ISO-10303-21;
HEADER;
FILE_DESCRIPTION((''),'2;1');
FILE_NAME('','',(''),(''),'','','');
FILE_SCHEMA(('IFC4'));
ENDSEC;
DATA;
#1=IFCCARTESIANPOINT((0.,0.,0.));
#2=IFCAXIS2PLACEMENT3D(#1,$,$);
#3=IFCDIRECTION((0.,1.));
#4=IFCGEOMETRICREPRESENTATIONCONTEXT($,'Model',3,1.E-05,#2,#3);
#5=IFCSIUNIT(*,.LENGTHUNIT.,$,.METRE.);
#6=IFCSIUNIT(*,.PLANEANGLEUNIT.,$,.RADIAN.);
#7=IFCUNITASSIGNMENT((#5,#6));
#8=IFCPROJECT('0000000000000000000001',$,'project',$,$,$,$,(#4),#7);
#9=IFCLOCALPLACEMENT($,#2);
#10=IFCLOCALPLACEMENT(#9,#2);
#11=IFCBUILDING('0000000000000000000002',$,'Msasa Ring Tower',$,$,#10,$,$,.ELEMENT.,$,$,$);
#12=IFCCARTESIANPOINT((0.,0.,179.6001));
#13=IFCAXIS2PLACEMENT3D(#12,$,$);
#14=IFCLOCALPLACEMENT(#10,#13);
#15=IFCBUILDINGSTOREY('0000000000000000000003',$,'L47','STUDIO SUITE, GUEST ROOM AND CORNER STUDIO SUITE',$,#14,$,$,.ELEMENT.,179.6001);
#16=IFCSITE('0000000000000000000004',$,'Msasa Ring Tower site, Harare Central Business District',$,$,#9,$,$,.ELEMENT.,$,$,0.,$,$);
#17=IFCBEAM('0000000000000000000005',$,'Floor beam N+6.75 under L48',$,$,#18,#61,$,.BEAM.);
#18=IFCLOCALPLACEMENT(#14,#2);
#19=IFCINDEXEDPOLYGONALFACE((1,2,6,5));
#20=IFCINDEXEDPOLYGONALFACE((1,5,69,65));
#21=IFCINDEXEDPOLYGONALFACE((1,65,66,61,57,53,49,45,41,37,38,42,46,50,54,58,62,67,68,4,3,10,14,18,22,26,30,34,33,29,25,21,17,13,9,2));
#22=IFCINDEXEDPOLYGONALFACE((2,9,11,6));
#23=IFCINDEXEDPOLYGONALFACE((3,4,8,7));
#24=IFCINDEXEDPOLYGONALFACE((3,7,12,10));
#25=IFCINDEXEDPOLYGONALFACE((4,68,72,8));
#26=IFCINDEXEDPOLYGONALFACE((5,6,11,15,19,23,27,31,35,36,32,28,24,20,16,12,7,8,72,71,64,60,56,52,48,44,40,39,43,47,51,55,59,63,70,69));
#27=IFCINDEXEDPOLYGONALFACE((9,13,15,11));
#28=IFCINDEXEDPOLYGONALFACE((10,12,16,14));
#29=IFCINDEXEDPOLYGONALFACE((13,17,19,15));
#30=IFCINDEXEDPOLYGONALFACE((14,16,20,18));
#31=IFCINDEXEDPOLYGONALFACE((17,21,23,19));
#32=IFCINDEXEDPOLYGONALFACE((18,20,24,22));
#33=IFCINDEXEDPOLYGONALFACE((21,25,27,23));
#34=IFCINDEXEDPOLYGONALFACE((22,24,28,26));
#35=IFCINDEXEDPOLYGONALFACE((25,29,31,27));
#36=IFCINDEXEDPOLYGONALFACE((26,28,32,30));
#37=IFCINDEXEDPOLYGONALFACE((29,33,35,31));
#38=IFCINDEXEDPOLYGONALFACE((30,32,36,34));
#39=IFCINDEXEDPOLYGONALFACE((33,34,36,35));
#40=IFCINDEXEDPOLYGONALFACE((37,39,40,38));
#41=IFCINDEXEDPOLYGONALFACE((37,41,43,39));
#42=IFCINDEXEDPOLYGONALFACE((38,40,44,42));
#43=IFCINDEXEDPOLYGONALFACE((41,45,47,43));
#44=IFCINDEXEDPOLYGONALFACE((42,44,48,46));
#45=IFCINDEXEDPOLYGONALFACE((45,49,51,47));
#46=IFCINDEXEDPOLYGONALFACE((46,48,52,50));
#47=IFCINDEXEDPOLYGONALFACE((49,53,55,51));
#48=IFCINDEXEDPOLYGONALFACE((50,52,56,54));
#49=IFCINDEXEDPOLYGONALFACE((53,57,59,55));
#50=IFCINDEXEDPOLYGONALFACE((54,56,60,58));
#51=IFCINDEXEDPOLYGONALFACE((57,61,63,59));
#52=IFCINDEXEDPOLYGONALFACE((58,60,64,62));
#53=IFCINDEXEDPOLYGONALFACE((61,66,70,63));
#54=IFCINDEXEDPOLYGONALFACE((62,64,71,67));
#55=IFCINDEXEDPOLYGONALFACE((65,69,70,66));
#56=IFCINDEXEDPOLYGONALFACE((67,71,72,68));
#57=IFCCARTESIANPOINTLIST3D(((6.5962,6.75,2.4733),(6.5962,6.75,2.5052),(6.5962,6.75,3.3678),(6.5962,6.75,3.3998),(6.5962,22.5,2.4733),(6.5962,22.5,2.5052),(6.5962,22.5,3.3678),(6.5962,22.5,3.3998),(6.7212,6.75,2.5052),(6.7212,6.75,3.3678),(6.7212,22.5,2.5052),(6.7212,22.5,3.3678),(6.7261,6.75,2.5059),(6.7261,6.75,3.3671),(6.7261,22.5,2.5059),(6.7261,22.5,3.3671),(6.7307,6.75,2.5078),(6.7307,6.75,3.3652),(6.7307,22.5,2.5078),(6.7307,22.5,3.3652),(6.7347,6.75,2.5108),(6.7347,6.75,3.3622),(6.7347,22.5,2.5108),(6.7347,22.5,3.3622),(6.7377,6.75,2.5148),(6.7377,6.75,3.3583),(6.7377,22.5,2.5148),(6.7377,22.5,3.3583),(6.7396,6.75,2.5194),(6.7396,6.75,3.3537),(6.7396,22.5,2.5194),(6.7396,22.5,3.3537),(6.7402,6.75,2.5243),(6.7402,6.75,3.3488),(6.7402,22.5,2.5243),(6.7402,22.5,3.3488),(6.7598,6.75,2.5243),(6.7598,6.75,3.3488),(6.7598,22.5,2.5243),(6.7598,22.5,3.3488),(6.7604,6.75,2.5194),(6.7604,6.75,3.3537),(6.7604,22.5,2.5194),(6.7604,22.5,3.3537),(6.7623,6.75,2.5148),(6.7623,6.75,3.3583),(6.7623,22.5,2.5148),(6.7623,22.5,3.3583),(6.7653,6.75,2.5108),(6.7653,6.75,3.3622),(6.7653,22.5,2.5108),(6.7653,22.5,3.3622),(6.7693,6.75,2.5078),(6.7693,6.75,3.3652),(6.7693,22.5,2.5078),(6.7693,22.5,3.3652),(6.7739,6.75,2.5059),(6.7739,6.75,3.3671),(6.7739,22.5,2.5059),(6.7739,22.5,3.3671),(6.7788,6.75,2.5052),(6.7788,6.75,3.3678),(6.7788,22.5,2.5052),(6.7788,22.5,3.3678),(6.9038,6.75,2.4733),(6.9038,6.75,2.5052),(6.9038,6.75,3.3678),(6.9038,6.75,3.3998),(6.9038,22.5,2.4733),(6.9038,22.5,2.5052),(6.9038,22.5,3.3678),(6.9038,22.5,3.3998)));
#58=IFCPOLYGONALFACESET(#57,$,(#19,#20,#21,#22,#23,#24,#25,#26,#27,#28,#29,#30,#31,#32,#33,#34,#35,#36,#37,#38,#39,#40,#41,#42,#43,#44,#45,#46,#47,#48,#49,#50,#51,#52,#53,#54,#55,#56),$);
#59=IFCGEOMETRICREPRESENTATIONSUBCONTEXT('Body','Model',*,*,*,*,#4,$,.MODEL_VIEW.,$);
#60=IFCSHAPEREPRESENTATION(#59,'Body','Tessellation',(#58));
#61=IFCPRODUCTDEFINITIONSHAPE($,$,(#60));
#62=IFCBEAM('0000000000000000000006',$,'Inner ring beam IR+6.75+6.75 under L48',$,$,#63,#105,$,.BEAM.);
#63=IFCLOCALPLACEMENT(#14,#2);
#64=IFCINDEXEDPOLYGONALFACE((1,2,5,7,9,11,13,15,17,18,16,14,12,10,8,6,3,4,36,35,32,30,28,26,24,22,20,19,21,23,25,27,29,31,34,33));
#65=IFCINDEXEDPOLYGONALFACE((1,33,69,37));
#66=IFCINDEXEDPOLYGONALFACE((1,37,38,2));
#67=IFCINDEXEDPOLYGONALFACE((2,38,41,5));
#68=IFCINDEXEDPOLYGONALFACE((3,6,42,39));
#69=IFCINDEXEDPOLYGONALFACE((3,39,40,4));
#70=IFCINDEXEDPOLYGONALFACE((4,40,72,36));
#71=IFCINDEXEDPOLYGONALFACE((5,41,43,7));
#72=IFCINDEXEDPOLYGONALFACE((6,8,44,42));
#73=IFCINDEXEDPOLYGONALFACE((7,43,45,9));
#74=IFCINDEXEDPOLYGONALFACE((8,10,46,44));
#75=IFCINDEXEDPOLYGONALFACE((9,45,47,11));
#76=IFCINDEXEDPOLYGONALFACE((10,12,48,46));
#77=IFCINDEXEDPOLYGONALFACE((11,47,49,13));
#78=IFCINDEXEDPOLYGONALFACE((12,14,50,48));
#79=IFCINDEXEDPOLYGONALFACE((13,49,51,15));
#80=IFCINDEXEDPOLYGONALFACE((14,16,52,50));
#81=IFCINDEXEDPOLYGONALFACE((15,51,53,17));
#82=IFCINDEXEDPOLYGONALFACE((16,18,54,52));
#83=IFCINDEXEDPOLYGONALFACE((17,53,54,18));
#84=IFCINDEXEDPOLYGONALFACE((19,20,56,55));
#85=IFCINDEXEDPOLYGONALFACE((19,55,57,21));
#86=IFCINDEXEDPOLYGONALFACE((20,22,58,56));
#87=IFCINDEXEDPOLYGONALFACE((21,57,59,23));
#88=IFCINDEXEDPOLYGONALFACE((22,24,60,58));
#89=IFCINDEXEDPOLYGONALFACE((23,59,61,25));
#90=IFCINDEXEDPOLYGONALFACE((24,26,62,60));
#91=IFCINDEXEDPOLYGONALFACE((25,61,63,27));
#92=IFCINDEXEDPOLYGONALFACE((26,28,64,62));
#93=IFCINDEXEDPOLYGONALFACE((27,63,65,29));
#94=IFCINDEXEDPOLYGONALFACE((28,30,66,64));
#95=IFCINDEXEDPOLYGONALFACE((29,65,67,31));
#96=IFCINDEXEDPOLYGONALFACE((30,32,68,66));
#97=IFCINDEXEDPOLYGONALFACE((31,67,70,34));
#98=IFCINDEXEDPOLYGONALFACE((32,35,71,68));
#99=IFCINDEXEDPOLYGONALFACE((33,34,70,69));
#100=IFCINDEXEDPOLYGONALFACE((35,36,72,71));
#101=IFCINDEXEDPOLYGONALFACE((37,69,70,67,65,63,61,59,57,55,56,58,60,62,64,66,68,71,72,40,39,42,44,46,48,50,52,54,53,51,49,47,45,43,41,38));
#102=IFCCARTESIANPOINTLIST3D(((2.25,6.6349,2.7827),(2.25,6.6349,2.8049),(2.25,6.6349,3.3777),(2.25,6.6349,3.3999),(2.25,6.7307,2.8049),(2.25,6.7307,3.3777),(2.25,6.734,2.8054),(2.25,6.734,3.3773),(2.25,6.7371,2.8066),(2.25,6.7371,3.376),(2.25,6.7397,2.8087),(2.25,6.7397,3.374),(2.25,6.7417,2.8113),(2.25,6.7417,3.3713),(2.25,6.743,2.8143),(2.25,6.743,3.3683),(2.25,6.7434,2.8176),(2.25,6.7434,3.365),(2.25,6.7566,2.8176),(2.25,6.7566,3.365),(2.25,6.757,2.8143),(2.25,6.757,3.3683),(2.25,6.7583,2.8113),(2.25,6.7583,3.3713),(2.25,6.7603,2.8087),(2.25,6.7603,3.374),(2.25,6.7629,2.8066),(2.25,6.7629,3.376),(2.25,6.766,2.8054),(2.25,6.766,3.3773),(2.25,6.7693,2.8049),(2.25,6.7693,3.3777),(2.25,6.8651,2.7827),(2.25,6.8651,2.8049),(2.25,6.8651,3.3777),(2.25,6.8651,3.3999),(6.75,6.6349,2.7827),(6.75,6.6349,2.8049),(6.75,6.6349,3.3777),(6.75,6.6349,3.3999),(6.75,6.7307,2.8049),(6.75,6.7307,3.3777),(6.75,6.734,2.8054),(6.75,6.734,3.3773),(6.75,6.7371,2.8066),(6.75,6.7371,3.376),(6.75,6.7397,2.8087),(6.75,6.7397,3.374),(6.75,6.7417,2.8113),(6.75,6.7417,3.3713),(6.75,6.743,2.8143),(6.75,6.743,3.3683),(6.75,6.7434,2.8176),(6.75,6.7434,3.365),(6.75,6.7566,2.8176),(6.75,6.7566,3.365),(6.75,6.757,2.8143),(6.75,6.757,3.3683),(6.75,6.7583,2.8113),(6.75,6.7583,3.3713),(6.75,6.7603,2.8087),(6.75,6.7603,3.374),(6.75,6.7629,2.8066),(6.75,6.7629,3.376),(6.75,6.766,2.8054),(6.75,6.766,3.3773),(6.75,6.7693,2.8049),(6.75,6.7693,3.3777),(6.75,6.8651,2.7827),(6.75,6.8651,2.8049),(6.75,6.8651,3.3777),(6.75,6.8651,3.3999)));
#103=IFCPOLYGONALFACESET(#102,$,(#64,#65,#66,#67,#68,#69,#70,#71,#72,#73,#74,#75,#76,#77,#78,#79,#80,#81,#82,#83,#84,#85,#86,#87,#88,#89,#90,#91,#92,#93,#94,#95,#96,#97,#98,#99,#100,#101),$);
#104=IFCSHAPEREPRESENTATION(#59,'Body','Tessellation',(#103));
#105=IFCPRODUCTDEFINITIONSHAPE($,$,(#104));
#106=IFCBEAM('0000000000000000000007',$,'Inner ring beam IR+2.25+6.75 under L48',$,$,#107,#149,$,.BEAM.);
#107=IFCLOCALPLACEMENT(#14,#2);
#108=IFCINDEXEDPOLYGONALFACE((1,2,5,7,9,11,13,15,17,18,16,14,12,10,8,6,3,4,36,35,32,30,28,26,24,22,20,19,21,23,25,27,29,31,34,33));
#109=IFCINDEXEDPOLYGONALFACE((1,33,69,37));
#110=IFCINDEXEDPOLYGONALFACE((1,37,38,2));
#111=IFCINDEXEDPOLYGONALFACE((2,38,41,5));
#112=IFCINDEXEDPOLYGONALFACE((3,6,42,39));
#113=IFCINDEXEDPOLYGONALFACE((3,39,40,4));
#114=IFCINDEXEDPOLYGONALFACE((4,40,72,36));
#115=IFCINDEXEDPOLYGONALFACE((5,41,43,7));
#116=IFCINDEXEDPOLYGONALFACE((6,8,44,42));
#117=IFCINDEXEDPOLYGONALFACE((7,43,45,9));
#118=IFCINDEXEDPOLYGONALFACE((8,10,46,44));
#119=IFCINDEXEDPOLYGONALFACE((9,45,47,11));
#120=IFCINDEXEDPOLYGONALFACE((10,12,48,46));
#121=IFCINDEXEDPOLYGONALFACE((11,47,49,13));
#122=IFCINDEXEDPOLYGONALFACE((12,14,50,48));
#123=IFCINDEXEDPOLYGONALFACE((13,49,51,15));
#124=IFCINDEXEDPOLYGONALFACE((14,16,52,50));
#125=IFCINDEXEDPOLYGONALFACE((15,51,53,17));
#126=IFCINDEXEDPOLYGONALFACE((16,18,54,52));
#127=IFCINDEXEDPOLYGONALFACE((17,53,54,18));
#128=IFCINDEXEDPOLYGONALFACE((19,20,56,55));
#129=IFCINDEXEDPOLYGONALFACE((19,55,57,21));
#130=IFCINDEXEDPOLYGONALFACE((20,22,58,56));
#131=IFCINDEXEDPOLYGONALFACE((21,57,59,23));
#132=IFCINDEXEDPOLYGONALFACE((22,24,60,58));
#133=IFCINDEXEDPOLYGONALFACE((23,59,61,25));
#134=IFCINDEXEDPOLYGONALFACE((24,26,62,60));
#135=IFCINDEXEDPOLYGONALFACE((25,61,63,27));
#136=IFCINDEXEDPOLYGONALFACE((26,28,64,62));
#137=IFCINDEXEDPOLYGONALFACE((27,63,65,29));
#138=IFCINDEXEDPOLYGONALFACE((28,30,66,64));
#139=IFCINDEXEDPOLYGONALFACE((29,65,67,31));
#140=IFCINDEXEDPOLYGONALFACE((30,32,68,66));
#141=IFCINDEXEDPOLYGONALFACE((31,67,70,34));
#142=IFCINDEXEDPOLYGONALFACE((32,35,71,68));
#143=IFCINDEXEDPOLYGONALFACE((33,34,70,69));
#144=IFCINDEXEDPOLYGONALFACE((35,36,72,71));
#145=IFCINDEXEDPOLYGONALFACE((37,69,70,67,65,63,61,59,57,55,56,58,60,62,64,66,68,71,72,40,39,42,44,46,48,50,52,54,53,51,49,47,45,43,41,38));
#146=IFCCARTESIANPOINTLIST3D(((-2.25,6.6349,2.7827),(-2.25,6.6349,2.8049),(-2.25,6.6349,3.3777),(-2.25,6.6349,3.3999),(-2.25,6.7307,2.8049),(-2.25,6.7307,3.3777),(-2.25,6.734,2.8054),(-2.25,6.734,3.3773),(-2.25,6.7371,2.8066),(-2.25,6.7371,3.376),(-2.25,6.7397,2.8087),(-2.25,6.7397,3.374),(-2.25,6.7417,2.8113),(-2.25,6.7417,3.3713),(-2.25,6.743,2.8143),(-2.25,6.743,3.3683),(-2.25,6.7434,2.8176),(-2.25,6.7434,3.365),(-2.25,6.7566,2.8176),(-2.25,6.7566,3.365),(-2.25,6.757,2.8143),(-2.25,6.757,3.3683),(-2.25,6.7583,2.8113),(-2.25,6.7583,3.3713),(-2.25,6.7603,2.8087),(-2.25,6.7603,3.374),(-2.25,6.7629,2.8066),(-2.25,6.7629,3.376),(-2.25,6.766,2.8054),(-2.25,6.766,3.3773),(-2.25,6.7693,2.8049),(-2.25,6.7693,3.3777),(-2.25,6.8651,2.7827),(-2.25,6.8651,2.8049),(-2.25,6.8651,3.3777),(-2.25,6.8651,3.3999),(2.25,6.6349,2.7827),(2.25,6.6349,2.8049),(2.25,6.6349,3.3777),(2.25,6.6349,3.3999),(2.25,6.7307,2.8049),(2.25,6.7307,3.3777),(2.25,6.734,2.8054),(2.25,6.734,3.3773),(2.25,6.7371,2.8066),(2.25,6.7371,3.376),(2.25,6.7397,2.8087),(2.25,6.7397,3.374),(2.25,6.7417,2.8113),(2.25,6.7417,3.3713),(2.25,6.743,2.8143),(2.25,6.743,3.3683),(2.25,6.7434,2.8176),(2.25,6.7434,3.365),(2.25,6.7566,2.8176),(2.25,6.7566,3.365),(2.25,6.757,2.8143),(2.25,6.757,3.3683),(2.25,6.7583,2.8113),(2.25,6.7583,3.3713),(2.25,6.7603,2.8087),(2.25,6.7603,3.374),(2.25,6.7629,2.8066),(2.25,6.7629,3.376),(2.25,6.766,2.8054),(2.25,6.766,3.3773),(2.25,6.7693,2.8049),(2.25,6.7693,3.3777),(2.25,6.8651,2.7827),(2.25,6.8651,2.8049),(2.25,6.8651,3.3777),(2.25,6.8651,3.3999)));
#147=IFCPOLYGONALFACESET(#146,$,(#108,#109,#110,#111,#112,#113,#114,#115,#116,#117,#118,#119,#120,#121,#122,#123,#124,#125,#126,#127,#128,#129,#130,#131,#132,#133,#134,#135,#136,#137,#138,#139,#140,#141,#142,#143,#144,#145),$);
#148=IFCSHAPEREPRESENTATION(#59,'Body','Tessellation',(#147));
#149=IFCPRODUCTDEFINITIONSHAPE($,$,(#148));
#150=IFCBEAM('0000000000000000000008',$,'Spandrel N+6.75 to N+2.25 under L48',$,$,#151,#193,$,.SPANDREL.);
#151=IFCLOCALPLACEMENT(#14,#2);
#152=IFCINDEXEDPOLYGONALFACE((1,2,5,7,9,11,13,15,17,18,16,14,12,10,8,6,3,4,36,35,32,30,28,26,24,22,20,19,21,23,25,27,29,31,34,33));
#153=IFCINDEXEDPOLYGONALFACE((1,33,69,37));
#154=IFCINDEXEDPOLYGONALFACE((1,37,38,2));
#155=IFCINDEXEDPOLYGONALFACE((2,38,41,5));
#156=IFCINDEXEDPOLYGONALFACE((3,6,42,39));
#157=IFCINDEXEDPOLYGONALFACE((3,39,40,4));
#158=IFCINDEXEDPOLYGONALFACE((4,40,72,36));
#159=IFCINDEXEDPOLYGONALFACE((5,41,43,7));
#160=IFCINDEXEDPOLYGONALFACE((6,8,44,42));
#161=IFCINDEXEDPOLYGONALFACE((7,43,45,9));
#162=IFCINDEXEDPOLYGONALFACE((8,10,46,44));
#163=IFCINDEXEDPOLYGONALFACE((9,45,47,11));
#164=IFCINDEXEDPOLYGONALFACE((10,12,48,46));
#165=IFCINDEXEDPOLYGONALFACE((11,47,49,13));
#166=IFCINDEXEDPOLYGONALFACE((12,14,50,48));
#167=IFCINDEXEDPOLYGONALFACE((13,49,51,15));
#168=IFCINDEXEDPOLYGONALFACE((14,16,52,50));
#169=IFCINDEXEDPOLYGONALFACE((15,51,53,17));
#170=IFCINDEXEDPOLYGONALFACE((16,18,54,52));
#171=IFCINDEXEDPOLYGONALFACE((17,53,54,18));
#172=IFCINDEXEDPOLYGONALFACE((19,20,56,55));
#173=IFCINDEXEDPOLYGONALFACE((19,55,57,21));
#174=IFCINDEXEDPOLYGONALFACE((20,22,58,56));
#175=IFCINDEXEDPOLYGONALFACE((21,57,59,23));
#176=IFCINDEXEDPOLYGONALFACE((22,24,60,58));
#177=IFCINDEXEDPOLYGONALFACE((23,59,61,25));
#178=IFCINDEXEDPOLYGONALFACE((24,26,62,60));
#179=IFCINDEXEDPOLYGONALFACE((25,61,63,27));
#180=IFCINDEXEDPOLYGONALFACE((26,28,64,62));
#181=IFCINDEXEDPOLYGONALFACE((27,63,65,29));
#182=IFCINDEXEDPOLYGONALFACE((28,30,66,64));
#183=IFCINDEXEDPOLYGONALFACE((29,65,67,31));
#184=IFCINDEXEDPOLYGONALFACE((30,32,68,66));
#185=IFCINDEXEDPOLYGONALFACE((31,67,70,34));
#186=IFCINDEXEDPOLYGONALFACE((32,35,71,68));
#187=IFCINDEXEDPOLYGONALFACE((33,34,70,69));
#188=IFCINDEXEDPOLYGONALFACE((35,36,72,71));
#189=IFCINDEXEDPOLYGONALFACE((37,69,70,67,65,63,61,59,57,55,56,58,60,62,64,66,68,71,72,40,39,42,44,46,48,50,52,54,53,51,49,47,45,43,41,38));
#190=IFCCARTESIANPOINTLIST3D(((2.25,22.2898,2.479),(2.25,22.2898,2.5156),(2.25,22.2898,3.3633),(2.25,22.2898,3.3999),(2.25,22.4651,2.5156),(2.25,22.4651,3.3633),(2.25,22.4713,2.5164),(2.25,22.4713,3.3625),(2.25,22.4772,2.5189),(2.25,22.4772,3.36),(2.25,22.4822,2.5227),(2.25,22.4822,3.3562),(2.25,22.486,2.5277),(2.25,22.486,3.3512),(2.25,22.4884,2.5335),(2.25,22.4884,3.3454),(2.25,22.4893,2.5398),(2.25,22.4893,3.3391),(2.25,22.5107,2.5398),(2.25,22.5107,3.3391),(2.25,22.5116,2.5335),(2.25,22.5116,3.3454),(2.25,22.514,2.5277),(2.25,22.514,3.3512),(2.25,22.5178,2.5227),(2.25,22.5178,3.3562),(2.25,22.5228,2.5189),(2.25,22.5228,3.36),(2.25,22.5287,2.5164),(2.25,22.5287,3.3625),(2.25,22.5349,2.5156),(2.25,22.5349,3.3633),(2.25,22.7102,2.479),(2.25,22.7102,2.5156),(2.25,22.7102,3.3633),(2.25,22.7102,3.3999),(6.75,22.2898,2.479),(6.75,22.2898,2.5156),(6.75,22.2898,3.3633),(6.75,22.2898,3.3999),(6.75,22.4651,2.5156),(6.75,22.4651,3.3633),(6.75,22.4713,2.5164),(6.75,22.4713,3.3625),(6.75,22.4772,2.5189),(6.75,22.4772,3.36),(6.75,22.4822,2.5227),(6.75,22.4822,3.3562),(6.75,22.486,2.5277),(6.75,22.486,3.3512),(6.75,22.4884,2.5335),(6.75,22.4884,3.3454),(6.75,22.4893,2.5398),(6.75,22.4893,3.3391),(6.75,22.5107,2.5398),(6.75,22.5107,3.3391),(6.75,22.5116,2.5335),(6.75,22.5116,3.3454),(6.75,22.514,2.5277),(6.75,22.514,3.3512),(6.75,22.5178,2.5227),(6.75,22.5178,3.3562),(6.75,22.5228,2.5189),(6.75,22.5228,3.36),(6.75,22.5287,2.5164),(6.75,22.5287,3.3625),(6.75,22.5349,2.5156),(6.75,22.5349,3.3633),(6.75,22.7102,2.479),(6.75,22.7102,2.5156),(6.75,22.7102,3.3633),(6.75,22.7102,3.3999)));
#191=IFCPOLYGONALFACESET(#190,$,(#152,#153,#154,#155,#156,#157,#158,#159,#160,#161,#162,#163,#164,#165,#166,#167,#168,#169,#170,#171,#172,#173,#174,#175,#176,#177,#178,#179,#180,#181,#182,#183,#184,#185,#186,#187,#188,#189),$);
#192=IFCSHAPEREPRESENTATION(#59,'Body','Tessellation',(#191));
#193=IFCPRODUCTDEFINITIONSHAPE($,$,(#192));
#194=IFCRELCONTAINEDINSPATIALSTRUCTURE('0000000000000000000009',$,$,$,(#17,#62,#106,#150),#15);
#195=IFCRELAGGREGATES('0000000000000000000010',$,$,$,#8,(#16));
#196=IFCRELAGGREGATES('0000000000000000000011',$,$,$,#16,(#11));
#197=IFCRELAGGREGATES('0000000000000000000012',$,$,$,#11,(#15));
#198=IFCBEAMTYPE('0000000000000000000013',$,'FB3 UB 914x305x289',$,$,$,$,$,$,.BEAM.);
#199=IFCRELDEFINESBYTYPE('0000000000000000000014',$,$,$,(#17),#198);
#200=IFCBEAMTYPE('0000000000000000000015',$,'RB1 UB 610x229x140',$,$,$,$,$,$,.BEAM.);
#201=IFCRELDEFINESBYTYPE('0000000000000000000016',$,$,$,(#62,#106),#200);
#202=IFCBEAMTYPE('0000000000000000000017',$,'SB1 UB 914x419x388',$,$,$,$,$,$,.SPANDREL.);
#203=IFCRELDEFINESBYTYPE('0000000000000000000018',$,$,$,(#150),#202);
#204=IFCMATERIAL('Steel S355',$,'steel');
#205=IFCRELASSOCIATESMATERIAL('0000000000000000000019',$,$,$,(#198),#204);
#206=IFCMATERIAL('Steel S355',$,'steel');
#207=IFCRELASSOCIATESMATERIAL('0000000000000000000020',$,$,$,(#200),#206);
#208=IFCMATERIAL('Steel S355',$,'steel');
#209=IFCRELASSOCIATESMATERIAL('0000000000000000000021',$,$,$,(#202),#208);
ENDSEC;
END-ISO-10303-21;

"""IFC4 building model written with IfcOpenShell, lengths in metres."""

from ifc_helpers import new_model, si_unit, direction, frame, origin, origin_2d, place, context, subcontext, project, spatial, i_section, extrude, material, material_profile, profile_set, type_object, element, save


model = new_model("IFC4")

# Units and contexts
model_context = context("Model", 3, precision=1e-05, world=origin(), true_north=direction((0.0, 1.0)))
body_context = subcontext(model_context, "Body", "Model", "MODEL_VIEW")
ifc_project = project(units=[si_unit("LENGTHUNIT", "METRE"), si_unit("PLANEANGLEUNIT", "RADIAN")], contexts=[model_context])

# Site, building, storey
site_placement = place(None, origin())
site = spatial("IfcSite", under=ifc_project, at=site_placement, Name="Msasa Ring Tower site, Harare Central Business District", CompositionType="ELEMENT", RefElevation=0.0)
building_placement = place(site_placement, origin())
building = spatial("IfcBuilding", under=site, at=building_placement, Name="Msasa Ring Tower", CompositionType="ELEMENT")
storey_placement = place(building_placement, frame((0.0, 0.0, 179.6001)))
storey = spatial("IfcBuildingStorey", under=building, at=storey_placement, Name="L47", Description="STUDIO SUITE, GUEST ROOM AND CORNER STUDIO SUITE", CompositionType="ELEMENT", Elevation=179.6001)

# Beams
ifc_material_1 = material(Name="Steel S355", Category="steel")
ifc_material_profile_1 = material_profile(ifc_material_1, i_section(OverallWidth=0.3076, OverallDepth=0.9265, WebThickness=0.0195, FlangeThickness=0.032, FilletRadius=0.019, at=origin_2d()), Name="UB 914x305x289")
ifc_profile_set_1 = profile_set([ifc_material_profile_1], Name="Steel S355")
beam_type_1 = type_object("IfcBeamType", Name="FB3 UB 914x305x289", PredefinedType="BEAM", material=ifc_profile_set_1)
for number, where, z_axis, x_axis, name in (
    (1, (6.75, 22.5, 2.9365), (0.0, -1.0, 0.0), (1.0, 0.0, 0.0), "Floor beam N+6.75 under L48"),
):
    element("IfcBeam", number, at=place(storey_placement, frame(where, z_axis=z_axis, x_axis=x_axis)), inside=storey, type_object=beam_type_1, Name=name, PredefinedType="BEAM", context=body_context, shape_type="SweptSolid", body=[
        extrude(i_section(OverallWidth=0.3076, OverallDepth=0.9265, WebThickness=0.0195, FlangeThickness=0.032, FilletRadius=0.019, at=origin_2d()), origin(), (0.0, 0.0, 1.0), 15.75),
    ])
ifc_material_2 = material(Name="Steel S355", Category="steel")
ifc_material_profile_2 = material_profile(ifc_material_2, i_section(OverallWidth=0.2302, OverallDepth=0.6172, WebThickness=0.0132, FlangeThickness=0.0222, FilletRadius=0.0127, at=origin_2d()), Name="UB 610x229x140")
ifc_profile_set_2 = profile_set([ifc_material_profile_2], Name="Steel S355")
beam_type_2 = type_object("IfcBeamType", Name="RB1 UB 610x229x140", PredefinedType="BEAM", material=ifc_profile_set_2)
for number, where, z_axis, x_axis, name in (
    (2, (6.75, 6.75, 3.0913), (-1.0, 0.0, 0.0), (0.0, -1.0, 0.0), "Inner ring beam IR+6.75+6.75 under L48"),
    (3, (2.25, 6.75, 3.0913), (-1.0, 0.0, 0.0), (0.0, -1.0, 0.0), "Inner ring beam IR+2.25+6.75 under L48"),
):
    element("IfcBeam", number, at=place(storey_placement, frame(where, z_axis=z_axis, x_axis=x_axis)), inside=storey, type_object=beam_type_2, Name=name, PredefinedType="BEAM", context=body_context, shape_type="SweptSolid", body=[
        extrude(i_section(OverallWidth=0.2302, OverallDepth=0.6172, WebThickness=0.0132, FlangeThickness=0.0222, FilletRadius=0.0127, at=origin_2d()), origin(), (0.0, 0.0, 1.0), 4.5),
    ])
ifc_material_3 = material(Name="Steel S355", Category="steel")
ifc_material_profile_3 = material_profile(ifc_material_3, i_section(OverallWidth=0.4204, OverallDepth=0.9209, WebThickness=0.0215, FlangeThickness=0.0366, FilletRadius=0.0242, at=origin_2d()), Name="UB 914x419x388")
ifc_profile_set_3 = profile_set([ifc_material_profile_3], Name="Steel S355")
beam_type_3 = type_object("IfcBeamType", Name="SB1 UB 914x419x388", PredefinedType="SPANDREL", material=ifc_profile_set_3)
for number, where, z_axis, x_axis, name in (
    (4, (6.75, 22.5, 2.9395), (-1.0, 0.0, 0.0), (0.0, -1.0, 0.0), "Spandrel N+6.75 to N+2.25 under L48"),
):
    element("IfcBeam", number, at=place(storey_placement, frame(where, z_axis=z_axis, x_axis=x_axis)), inside=storey, type_object=beam_type_3, Name=name, PredefinedType="SPANDREL", context=body_context, shape_type="SweptSolid", body=[
        extrude(i_section(OverallWidth=0.4204, OverallDepth=0.9209, WebThickness=0.0215, FlangeThickness=0.0366, FilletRadius=0.0242, at=origin_2d()), origin(), (0.0, 0.0, 1.0), 4.5),
    ])

save(model, "model.ifc")
